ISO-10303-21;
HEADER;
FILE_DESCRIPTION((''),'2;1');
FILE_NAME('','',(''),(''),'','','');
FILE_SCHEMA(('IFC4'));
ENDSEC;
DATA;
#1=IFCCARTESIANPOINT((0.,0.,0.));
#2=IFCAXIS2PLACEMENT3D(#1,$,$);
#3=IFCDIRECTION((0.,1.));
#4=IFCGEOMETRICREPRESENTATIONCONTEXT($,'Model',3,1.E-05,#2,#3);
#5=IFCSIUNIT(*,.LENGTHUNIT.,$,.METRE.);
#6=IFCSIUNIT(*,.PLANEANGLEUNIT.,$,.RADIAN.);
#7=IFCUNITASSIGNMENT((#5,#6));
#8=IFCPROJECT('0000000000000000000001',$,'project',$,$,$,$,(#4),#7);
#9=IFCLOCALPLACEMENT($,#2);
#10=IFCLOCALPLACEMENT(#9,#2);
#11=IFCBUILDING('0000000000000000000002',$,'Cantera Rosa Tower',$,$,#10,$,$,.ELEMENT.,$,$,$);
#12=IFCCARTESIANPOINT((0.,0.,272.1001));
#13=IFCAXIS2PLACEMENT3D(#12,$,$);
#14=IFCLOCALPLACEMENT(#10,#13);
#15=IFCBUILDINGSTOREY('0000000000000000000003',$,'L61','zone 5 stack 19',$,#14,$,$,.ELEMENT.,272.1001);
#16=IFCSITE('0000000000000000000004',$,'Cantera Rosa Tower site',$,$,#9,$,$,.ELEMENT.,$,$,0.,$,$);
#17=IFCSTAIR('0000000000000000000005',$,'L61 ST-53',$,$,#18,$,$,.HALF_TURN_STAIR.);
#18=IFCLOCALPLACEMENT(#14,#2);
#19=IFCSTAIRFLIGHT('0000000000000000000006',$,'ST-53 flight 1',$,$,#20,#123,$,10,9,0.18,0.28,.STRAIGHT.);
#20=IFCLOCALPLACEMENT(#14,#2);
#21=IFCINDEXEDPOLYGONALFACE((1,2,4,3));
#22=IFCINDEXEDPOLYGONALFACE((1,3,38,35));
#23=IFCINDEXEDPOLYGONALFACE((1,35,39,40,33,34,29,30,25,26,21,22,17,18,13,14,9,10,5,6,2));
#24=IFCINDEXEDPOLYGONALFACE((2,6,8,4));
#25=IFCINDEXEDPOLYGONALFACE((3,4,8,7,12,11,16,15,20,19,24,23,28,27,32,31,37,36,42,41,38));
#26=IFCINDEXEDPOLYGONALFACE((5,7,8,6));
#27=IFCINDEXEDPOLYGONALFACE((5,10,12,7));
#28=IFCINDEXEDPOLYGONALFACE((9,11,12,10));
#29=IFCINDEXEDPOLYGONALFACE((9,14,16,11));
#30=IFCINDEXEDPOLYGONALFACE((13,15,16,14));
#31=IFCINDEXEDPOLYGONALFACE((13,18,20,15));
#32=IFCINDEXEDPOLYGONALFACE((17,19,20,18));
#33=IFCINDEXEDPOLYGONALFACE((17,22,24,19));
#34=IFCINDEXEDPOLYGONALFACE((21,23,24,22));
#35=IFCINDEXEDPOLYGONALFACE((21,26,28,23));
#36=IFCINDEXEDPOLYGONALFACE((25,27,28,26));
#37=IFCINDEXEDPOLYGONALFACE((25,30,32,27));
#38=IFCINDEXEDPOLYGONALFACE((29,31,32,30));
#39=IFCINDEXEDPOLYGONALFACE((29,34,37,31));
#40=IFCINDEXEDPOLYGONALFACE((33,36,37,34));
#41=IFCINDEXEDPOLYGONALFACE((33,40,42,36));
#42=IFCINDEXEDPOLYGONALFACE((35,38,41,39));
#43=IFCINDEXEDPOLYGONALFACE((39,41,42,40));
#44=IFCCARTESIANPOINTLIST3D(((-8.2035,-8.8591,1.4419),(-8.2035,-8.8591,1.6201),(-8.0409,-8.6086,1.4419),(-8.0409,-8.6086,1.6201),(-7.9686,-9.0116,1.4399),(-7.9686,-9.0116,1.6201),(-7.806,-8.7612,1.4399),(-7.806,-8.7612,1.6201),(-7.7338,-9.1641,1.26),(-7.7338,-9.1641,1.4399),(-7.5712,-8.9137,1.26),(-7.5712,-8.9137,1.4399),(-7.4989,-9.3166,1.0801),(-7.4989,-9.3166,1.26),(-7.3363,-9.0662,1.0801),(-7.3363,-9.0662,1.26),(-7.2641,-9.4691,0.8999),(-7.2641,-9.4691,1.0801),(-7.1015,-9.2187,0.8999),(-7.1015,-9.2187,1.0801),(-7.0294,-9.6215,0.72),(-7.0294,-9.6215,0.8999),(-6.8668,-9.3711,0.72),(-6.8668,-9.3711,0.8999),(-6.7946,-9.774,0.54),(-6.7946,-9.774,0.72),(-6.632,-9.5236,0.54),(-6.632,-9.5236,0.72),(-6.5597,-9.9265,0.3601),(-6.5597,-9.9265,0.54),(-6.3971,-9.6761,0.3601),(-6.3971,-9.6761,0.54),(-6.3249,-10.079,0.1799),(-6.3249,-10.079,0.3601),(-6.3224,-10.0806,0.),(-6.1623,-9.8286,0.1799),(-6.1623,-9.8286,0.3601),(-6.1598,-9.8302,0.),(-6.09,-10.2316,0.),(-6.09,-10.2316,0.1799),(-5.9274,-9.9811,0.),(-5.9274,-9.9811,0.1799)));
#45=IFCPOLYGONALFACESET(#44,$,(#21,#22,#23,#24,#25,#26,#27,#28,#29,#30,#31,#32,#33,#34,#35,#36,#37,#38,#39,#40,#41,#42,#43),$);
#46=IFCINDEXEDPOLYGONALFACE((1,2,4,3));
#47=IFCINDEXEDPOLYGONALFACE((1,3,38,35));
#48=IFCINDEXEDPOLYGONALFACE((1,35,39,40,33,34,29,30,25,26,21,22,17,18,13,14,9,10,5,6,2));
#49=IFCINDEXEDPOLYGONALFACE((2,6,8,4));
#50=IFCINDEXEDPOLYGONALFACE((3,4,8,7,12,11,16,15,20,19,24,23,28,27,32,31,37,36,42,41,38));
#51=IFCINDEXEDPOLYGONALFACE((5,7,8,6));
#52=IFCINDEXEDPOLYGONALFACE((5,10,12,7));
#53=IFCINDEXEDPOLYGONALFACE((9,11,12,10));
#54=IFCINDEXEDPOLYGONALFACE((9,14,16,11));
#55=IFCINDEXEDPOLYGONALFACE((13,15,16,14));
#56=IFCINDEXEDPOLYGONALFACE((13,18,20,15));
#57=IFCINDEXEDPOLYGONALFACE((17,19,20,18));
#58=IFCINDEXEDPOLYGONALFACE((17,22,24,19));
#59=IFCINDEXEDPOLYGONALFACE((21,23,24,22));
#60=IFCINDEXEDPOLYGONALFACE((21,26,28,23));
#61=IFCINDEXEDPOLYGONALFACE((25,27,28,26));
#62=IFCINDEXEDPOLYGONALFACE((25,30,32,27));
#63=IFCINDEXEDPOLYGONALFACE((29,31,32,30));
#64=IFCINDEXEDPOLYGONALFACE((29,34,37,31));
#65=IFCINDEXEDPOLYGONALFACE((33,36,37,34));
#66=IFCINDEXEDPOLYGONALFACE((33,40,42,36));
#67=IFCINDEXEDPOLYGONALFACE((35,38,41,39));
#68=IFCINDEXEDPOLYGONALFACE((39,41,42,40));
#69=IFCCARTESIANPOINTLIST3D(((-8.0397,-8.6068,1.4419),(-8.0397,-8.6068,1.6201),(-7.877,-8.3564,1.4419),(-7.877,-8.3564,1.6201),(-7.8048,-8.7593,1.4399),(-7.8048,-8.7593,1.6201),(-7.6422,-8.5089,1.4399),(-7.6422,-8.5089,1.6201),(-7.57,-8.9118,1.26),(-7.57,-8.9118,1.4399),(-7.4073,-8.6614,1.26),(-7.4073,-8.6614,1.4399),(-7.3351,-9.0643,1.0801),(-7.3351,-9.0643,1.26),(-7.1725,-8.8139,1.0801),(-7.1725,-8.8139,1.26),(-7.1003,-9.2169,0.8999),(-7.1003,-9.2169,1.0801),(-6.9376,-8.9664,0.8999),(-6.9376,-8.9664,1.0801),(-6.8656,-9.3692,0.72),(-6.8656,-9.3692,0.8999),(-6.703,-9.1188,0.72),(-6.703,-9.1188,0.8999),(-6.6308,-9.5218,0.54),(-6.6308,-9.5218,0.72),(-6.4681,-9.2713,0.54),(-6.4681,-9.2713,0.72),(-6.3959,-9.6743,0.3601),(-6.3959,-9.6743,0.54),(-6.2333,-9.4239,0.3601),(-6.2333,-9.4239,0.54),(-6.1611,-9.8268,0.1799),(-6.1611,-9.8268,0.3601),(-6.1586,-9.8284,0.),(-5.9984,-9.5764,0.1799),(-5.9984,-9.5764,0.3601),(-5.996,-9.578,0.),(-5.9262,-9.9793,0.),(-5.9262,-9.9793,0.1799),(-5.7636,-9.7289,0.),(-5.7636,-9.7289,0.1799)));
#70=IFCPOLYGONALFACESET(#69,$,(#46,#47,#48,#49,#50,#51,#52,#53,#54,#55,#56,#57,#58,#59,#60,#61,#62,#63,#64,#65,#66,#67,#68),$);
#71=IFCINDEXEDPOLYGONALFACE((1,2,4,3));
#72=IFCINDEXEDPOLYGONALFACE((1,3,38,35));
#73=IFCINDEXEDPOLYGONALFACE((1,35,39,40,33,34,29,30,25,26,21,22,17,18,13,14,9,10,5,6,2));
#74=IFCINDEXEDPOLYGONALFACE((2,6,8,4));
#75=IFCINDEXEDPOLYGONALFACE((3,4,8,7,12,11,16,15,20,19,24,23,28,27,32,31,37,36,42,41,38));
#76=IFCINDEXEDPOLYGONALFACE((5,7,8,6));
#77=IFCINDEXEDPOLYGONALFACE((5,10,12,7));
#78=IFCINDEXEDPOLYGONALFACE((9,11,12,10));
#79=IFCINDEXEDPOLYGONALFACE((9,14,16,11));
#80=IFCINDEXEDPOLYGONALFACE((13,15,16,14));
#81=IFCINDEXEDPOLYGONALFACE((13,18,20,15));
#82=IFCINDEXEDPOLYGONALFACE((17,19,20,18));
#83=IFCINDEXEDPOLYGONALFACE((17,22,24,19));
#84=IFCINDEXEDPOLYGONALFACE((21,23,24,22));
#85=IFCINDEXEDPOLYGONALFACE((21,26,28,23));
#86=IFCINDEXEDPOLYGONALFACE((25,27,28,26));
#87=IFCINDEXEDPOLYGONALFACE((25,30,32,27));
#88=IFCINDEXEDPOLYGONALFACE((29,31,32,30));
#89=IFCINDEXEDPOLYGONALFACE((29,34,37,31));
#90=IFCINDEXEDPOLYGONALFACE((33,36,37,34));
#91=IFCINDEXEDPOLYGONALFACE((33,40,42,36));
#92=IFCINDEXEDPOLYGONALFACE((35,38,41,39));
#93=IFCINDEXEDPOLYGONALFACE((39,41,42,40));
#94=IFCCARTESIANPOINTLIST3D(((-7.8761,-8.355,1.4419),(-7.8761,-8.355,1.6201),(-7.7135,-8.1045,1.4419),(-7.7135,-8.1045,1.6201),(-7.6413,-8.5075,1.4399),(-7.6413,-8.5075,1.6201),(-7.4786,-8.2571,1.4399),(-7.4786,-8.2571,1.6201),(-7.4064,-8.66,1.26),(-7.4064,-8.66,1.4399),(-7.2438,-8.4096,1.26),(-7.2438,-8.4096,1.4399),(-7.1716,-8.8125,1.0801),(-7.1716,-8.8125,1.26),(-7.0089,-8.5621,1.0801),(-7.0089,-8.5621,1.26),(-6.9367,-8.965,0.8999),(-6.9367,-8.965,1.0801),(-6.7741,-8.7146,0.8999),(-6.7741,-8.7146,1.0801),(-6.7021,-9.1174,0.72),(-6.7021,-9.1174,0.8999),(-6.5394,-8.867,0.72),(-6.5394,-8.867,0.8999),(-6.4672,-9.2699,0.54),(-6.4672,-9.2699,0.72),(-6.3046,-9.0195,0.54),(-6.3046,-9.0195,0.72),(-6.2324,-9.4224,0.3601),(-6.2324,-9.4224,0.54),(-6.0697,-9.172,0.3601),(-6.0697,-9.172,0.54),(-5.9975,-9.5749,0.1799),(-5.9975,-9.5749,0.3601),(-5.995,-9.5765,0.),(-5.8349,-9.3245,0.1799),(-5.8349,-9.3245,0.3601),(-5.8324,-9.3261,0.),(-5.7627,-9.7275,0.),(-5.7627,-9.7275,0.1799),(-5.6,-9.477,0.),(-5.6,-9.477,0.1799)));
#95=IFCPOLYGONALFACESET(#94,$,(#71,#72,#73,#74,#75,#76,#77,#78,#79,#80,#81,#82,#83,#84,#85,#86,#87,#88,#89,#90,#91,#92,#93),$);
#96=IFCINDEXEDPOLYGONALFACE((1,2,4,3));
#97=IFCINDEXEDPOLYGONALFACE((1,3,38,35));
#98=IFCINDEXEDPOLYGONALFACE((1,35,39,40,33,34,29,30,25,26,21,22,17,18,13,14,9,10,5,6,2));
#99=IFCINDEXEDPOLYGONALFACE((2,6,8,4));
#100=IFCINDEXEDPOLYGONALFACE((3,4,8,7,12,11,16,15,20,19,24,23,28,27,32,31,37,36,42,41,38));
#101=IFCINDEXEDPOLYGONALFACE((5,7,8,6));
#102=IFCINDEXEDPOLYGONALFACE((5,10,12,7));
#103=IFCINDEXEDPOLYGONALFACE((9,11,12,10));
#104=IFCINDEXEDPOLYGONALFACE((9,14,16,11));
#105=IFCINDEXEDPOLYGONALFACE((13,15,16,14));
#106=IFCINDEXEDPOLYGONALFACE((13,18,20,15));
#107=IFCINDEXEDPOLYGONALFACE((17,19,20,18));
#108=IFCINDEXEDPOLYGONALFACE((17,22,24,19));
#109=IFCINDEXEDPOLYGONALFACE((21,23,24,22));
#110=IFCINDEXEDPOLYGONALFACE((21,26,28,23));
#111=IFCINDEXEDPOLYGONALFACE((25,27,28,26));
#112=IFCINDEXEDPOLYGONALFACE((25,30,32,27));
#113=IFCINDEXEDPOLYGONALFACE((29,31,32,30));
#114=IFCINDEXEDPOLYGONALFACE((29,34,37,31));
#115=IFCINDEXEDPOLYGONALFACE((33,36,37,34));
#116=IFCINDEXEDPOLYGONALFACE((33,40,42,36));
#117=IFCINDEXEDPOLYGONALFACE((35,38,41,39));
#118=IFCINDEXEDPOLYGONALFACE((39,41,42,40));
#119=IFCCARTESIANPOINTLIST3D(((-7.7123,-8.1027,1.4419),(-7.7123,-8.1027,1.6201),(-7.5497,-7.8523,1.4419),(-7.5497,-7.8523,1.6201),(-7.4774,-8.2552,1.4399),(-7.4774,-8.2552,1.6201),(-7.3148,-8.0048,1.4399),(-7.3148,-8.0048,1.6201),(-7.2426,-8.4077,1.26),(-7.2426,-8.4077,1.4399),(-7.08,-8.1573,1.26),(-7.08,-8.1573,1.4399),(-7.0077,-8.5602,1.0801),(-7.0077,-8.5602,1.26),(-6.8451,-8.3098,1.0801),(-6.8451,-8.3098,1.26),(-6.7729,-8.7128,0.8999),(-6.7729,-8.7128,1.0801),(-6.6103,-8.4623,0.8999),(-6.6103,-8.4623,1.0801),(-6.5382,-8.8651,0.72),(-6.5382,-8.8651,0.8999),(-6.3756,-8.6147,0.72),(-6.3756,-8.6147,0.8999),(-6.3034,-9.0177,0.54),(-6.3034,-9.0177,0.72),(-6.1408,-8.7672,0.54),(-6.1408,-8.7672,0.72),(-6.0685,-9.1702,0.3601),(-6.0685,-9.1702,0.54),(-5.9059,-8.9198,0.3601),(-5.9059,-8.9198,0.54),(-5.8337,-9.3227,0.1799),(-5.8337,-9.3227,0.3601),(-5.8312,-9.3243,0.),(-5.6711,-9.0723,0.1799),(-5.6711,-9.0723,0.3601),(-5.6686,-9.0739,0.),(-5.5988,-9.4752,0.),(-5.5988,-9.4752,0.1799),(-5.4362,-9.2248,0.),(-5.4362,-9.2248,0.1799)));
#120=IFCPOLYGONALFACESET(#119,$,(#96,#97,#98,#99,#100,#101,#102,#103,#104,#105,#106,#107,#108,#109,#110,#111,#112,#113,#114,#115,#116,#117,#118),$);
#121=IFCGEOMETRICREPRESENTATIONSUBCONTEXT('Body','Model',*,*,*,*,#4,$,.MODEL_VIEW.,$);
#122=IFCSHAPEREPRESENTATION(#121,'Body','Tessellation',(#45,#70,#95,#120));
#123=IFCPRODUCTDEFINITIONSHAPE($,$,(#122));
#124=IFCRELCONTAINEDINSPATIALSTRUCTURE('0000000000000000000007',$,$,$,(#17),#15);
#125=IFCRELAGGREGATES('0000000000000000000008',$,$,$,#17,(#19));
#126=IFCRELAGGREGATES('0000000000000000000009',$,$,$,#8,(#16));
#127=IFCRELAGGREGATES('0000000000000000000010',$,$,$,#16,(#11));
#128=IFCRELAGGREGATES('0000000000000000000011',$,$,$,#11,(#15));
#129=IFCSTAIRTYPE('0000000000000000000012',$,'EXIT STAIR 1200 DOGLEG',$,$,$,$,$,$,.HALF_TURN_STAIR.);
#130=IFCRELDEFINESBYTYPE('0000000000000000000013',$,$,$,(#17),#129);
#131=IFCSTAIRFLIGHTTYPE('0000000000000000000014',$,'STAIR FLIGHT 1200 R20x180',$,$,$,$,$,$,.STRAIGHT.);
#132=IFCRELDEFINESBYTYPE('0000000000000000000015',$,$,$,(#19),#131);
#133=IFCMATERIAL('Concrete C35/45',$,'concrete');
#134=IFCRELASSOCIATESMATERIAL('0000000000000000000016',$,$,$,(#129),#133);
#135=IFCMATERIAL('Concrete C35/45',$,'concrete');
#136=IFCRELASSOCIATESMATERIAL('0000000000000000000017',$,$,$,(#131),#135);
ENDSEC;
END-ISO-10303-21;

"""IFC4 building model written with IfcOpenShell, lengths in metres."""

from ifc_helpers import new_model, si_unit, direction, frame, origin, place, context, subcontext, project, spatial, polyline, outline, extrude, material, type_object, element, aggregate, save


model = new_model("IFC4")

# Units and contexts
model_context = context("Model", 3, precision=1e-05, world=origin(), true_north=direction((0.0, 1.0)))
body_context = subcontext(model_context, "Body", "Model", "MODEL_VIEW")
ifc_project = project(units=[si_unit("LENGTHUNIT", "METRE"), si_unit("PLANEANGLEUNIT", "RADIAN")], contexts=[model_context])

# Site, building, storey
site_placement = place(None, origin())
site = spatial("IfcSite", under=ifc_project, at=site_placement, Name="Cantera Rosa Tower site", CompositionType="ELEMENT", RefElevation=0.0)
building_placement = place(site_placement, origin())
building = spatial("IfcBuilding", under=site, at=building_placement, Name="Cantera Rosa Tower", CompositionType="ELEMENT")
storey_placement = place(building_placement, frame((0.0, 0.0, 272.1001)))
storey = spatial("IfcBuildingStorey", under=building, at=storey_placement, Name="L61", Description="zone 5 stack 19", CompositionType="ELEMENT", Elevation=272.1001)

# Stair, stair flight
ifc_material_1 = material(Name="Concrete C35/45", Category="concrete")
stair_type = type_object("IfcStairType", Name="EXIT STAIR 1200 DOGLEG", PredefinedType="HALF_TURN_STAIR", material=ifc_material_1)
stair_placement = place(storey_placement, origin())
stair = element("IfcStair", 1, at=stair_placement, inside=storey, type_object=stair_type, Name="L61 ST-53", PredefinedType="HALF_TURN_STAIR")
ifc_material_2 = material(Name="Concrete C35/45", Category="concrete")
stair_flight_type = type_object("IfcStairFlightType", Name="STAIR FLIGHT 1200 R20x180", PredefinedType="STRAIGHT", material=ifc_material_2)
stair_flight_1_placement = place(storey_placement, frame((-5.7632, -9.7283, 0.0), z_axis=(0.0, 0.0, 1.0), x_axis=(-0.838671, 0.544639, 0.0)))
stair_flight_1 = element("IfcStairFlight", 2, at=stair_flight_1_placement, type_object=stair_flight_type, Name="ST-53 flight 1", NumberOfRisers=10, NumberOfTreads=9, PredefinedType="STRAIGHT", RiserHeight=0.18, TreadLength=0.28, context=body_context, shape_type="SweptSolid", body=[
    extrude(outline(polyline([(0.0, 0.0), (0.0, 0.1799), (0.28, 0.1799), (0.28, 0.3601), (0.5601, 0.3601), (0.5601, 0.54), (0.8401, 0.54), (0.8401, 0.72), (1.1201, 0.72), (1.1201, 0.8999), (1.3999, 0.8999), (1.3999, 1.0801), (1.6799, 1.0801), (1.6799, 1.26), (1.96, 1.26), (1.96, 1.4399), (2.24, 1.4399), (2.24, 1.6201), (2.52, 1.6201), (2.52, 1.8), (2.52, 1.4419), (0.2771, 0.0), (0.0, 0.0)])), frame((0.0, 0.6001, 0.0), z_axis=(0.0, -1.0, 0.0), x_axis=(1.0, 0.0, 0.0)), (0.0, 0.0, 1.0), 0.2986),
    extrude(outline(polyline([(0.0, 0.0), (0.0, 0.1799), (0.28, 0.1799), (0.28, 0.3601), (0.5601, 0.3601), (0.5601, 0.54), (0.8401, 0.54), (0.8401, 0.72), (1.1201, 0.72), (1.1201, 0.8999), (1.3999, 0.8999), (1.3999, 1.0801), (1.6799, 1.0801), (1.6799, 1.26), (1.96, 1.26), (1.96, 1.4399), (2.24, 1.4399), (2.24, 1.6201), (2.52, 1.6201), (2.52, 1.8), (2.52, 1.4419), (0.2771, 0.0), (0.0, 0.0)])), frame((0.0, 0.2993, 0.0), z_axis=(0.0, -1.0, 0.0), x_axis=(1.0, 0.0, 0.0)), (0.0, 0.0, 1.0), 0.2986),
    extrude(outline(polyline([(0.0, 0.0), (0.0, 0.1799), (0.28, 0.1799), (0.28, 0.3601), (0.5601, 0.3601), (0.5601, 0.54), (0.8401, 0.54), (0.8401, 0.72), (1.1201, 0.72), (1.1201, 0.8999), (1.3999, 0.8999), (1.3999, 1.0801), (1.6799, 1.0801), (1.6799, 1.26), (1.96, 1.26), (1.96, 1.4399), (2.24, 1.4399), (2.24, 1.6201), (2.52, 1.6201), (2.52, 1.8), (2.52, 1.4419), (0.2771, 0.0), (0.0, 0.0)])), frame((0.0, -0.001, 0.0), z_axis=(0.0, -1.0, 0.0), x_axis=(1.0, 0.0, 0.0)), (0.0, 0.0, 1.0), 0.2986),
    extrude(outline(polyline([(0.0, 0.0), (0.0, 0.1799), (0.28, 0.1799), (0.28, 0.3601), (0.5601, 0.3601), (0.5601, 0.54), (0.8401, 0.54), (0.8401, 0.72), (1.1201, 0.72), (1.1201, 0.8999), (1.3999, 0.8999), (1.3999, 1.0801), (1.6799, 1.0801), (1.6799, 1.26), (1.96, 1.26), (1.96, 1.4399), (2.24, 1.4399), (2.24, 1.6201), (2.52, 1.6201), (2.52, 1.8), (2.52, 1.4419), (0.2771, 0.0), (0.0, 0.0)])), frame((0.0, -0.3018, 0.0), z_axis=(0.0, -1.0, 0.0), x_axis=(1.0, 0.0, 0.0)), (0.0, 0.0, 1.0), 0.2986),
])
aggregate(stair, [stair_flight_1])

save(model, "model.ifc")
